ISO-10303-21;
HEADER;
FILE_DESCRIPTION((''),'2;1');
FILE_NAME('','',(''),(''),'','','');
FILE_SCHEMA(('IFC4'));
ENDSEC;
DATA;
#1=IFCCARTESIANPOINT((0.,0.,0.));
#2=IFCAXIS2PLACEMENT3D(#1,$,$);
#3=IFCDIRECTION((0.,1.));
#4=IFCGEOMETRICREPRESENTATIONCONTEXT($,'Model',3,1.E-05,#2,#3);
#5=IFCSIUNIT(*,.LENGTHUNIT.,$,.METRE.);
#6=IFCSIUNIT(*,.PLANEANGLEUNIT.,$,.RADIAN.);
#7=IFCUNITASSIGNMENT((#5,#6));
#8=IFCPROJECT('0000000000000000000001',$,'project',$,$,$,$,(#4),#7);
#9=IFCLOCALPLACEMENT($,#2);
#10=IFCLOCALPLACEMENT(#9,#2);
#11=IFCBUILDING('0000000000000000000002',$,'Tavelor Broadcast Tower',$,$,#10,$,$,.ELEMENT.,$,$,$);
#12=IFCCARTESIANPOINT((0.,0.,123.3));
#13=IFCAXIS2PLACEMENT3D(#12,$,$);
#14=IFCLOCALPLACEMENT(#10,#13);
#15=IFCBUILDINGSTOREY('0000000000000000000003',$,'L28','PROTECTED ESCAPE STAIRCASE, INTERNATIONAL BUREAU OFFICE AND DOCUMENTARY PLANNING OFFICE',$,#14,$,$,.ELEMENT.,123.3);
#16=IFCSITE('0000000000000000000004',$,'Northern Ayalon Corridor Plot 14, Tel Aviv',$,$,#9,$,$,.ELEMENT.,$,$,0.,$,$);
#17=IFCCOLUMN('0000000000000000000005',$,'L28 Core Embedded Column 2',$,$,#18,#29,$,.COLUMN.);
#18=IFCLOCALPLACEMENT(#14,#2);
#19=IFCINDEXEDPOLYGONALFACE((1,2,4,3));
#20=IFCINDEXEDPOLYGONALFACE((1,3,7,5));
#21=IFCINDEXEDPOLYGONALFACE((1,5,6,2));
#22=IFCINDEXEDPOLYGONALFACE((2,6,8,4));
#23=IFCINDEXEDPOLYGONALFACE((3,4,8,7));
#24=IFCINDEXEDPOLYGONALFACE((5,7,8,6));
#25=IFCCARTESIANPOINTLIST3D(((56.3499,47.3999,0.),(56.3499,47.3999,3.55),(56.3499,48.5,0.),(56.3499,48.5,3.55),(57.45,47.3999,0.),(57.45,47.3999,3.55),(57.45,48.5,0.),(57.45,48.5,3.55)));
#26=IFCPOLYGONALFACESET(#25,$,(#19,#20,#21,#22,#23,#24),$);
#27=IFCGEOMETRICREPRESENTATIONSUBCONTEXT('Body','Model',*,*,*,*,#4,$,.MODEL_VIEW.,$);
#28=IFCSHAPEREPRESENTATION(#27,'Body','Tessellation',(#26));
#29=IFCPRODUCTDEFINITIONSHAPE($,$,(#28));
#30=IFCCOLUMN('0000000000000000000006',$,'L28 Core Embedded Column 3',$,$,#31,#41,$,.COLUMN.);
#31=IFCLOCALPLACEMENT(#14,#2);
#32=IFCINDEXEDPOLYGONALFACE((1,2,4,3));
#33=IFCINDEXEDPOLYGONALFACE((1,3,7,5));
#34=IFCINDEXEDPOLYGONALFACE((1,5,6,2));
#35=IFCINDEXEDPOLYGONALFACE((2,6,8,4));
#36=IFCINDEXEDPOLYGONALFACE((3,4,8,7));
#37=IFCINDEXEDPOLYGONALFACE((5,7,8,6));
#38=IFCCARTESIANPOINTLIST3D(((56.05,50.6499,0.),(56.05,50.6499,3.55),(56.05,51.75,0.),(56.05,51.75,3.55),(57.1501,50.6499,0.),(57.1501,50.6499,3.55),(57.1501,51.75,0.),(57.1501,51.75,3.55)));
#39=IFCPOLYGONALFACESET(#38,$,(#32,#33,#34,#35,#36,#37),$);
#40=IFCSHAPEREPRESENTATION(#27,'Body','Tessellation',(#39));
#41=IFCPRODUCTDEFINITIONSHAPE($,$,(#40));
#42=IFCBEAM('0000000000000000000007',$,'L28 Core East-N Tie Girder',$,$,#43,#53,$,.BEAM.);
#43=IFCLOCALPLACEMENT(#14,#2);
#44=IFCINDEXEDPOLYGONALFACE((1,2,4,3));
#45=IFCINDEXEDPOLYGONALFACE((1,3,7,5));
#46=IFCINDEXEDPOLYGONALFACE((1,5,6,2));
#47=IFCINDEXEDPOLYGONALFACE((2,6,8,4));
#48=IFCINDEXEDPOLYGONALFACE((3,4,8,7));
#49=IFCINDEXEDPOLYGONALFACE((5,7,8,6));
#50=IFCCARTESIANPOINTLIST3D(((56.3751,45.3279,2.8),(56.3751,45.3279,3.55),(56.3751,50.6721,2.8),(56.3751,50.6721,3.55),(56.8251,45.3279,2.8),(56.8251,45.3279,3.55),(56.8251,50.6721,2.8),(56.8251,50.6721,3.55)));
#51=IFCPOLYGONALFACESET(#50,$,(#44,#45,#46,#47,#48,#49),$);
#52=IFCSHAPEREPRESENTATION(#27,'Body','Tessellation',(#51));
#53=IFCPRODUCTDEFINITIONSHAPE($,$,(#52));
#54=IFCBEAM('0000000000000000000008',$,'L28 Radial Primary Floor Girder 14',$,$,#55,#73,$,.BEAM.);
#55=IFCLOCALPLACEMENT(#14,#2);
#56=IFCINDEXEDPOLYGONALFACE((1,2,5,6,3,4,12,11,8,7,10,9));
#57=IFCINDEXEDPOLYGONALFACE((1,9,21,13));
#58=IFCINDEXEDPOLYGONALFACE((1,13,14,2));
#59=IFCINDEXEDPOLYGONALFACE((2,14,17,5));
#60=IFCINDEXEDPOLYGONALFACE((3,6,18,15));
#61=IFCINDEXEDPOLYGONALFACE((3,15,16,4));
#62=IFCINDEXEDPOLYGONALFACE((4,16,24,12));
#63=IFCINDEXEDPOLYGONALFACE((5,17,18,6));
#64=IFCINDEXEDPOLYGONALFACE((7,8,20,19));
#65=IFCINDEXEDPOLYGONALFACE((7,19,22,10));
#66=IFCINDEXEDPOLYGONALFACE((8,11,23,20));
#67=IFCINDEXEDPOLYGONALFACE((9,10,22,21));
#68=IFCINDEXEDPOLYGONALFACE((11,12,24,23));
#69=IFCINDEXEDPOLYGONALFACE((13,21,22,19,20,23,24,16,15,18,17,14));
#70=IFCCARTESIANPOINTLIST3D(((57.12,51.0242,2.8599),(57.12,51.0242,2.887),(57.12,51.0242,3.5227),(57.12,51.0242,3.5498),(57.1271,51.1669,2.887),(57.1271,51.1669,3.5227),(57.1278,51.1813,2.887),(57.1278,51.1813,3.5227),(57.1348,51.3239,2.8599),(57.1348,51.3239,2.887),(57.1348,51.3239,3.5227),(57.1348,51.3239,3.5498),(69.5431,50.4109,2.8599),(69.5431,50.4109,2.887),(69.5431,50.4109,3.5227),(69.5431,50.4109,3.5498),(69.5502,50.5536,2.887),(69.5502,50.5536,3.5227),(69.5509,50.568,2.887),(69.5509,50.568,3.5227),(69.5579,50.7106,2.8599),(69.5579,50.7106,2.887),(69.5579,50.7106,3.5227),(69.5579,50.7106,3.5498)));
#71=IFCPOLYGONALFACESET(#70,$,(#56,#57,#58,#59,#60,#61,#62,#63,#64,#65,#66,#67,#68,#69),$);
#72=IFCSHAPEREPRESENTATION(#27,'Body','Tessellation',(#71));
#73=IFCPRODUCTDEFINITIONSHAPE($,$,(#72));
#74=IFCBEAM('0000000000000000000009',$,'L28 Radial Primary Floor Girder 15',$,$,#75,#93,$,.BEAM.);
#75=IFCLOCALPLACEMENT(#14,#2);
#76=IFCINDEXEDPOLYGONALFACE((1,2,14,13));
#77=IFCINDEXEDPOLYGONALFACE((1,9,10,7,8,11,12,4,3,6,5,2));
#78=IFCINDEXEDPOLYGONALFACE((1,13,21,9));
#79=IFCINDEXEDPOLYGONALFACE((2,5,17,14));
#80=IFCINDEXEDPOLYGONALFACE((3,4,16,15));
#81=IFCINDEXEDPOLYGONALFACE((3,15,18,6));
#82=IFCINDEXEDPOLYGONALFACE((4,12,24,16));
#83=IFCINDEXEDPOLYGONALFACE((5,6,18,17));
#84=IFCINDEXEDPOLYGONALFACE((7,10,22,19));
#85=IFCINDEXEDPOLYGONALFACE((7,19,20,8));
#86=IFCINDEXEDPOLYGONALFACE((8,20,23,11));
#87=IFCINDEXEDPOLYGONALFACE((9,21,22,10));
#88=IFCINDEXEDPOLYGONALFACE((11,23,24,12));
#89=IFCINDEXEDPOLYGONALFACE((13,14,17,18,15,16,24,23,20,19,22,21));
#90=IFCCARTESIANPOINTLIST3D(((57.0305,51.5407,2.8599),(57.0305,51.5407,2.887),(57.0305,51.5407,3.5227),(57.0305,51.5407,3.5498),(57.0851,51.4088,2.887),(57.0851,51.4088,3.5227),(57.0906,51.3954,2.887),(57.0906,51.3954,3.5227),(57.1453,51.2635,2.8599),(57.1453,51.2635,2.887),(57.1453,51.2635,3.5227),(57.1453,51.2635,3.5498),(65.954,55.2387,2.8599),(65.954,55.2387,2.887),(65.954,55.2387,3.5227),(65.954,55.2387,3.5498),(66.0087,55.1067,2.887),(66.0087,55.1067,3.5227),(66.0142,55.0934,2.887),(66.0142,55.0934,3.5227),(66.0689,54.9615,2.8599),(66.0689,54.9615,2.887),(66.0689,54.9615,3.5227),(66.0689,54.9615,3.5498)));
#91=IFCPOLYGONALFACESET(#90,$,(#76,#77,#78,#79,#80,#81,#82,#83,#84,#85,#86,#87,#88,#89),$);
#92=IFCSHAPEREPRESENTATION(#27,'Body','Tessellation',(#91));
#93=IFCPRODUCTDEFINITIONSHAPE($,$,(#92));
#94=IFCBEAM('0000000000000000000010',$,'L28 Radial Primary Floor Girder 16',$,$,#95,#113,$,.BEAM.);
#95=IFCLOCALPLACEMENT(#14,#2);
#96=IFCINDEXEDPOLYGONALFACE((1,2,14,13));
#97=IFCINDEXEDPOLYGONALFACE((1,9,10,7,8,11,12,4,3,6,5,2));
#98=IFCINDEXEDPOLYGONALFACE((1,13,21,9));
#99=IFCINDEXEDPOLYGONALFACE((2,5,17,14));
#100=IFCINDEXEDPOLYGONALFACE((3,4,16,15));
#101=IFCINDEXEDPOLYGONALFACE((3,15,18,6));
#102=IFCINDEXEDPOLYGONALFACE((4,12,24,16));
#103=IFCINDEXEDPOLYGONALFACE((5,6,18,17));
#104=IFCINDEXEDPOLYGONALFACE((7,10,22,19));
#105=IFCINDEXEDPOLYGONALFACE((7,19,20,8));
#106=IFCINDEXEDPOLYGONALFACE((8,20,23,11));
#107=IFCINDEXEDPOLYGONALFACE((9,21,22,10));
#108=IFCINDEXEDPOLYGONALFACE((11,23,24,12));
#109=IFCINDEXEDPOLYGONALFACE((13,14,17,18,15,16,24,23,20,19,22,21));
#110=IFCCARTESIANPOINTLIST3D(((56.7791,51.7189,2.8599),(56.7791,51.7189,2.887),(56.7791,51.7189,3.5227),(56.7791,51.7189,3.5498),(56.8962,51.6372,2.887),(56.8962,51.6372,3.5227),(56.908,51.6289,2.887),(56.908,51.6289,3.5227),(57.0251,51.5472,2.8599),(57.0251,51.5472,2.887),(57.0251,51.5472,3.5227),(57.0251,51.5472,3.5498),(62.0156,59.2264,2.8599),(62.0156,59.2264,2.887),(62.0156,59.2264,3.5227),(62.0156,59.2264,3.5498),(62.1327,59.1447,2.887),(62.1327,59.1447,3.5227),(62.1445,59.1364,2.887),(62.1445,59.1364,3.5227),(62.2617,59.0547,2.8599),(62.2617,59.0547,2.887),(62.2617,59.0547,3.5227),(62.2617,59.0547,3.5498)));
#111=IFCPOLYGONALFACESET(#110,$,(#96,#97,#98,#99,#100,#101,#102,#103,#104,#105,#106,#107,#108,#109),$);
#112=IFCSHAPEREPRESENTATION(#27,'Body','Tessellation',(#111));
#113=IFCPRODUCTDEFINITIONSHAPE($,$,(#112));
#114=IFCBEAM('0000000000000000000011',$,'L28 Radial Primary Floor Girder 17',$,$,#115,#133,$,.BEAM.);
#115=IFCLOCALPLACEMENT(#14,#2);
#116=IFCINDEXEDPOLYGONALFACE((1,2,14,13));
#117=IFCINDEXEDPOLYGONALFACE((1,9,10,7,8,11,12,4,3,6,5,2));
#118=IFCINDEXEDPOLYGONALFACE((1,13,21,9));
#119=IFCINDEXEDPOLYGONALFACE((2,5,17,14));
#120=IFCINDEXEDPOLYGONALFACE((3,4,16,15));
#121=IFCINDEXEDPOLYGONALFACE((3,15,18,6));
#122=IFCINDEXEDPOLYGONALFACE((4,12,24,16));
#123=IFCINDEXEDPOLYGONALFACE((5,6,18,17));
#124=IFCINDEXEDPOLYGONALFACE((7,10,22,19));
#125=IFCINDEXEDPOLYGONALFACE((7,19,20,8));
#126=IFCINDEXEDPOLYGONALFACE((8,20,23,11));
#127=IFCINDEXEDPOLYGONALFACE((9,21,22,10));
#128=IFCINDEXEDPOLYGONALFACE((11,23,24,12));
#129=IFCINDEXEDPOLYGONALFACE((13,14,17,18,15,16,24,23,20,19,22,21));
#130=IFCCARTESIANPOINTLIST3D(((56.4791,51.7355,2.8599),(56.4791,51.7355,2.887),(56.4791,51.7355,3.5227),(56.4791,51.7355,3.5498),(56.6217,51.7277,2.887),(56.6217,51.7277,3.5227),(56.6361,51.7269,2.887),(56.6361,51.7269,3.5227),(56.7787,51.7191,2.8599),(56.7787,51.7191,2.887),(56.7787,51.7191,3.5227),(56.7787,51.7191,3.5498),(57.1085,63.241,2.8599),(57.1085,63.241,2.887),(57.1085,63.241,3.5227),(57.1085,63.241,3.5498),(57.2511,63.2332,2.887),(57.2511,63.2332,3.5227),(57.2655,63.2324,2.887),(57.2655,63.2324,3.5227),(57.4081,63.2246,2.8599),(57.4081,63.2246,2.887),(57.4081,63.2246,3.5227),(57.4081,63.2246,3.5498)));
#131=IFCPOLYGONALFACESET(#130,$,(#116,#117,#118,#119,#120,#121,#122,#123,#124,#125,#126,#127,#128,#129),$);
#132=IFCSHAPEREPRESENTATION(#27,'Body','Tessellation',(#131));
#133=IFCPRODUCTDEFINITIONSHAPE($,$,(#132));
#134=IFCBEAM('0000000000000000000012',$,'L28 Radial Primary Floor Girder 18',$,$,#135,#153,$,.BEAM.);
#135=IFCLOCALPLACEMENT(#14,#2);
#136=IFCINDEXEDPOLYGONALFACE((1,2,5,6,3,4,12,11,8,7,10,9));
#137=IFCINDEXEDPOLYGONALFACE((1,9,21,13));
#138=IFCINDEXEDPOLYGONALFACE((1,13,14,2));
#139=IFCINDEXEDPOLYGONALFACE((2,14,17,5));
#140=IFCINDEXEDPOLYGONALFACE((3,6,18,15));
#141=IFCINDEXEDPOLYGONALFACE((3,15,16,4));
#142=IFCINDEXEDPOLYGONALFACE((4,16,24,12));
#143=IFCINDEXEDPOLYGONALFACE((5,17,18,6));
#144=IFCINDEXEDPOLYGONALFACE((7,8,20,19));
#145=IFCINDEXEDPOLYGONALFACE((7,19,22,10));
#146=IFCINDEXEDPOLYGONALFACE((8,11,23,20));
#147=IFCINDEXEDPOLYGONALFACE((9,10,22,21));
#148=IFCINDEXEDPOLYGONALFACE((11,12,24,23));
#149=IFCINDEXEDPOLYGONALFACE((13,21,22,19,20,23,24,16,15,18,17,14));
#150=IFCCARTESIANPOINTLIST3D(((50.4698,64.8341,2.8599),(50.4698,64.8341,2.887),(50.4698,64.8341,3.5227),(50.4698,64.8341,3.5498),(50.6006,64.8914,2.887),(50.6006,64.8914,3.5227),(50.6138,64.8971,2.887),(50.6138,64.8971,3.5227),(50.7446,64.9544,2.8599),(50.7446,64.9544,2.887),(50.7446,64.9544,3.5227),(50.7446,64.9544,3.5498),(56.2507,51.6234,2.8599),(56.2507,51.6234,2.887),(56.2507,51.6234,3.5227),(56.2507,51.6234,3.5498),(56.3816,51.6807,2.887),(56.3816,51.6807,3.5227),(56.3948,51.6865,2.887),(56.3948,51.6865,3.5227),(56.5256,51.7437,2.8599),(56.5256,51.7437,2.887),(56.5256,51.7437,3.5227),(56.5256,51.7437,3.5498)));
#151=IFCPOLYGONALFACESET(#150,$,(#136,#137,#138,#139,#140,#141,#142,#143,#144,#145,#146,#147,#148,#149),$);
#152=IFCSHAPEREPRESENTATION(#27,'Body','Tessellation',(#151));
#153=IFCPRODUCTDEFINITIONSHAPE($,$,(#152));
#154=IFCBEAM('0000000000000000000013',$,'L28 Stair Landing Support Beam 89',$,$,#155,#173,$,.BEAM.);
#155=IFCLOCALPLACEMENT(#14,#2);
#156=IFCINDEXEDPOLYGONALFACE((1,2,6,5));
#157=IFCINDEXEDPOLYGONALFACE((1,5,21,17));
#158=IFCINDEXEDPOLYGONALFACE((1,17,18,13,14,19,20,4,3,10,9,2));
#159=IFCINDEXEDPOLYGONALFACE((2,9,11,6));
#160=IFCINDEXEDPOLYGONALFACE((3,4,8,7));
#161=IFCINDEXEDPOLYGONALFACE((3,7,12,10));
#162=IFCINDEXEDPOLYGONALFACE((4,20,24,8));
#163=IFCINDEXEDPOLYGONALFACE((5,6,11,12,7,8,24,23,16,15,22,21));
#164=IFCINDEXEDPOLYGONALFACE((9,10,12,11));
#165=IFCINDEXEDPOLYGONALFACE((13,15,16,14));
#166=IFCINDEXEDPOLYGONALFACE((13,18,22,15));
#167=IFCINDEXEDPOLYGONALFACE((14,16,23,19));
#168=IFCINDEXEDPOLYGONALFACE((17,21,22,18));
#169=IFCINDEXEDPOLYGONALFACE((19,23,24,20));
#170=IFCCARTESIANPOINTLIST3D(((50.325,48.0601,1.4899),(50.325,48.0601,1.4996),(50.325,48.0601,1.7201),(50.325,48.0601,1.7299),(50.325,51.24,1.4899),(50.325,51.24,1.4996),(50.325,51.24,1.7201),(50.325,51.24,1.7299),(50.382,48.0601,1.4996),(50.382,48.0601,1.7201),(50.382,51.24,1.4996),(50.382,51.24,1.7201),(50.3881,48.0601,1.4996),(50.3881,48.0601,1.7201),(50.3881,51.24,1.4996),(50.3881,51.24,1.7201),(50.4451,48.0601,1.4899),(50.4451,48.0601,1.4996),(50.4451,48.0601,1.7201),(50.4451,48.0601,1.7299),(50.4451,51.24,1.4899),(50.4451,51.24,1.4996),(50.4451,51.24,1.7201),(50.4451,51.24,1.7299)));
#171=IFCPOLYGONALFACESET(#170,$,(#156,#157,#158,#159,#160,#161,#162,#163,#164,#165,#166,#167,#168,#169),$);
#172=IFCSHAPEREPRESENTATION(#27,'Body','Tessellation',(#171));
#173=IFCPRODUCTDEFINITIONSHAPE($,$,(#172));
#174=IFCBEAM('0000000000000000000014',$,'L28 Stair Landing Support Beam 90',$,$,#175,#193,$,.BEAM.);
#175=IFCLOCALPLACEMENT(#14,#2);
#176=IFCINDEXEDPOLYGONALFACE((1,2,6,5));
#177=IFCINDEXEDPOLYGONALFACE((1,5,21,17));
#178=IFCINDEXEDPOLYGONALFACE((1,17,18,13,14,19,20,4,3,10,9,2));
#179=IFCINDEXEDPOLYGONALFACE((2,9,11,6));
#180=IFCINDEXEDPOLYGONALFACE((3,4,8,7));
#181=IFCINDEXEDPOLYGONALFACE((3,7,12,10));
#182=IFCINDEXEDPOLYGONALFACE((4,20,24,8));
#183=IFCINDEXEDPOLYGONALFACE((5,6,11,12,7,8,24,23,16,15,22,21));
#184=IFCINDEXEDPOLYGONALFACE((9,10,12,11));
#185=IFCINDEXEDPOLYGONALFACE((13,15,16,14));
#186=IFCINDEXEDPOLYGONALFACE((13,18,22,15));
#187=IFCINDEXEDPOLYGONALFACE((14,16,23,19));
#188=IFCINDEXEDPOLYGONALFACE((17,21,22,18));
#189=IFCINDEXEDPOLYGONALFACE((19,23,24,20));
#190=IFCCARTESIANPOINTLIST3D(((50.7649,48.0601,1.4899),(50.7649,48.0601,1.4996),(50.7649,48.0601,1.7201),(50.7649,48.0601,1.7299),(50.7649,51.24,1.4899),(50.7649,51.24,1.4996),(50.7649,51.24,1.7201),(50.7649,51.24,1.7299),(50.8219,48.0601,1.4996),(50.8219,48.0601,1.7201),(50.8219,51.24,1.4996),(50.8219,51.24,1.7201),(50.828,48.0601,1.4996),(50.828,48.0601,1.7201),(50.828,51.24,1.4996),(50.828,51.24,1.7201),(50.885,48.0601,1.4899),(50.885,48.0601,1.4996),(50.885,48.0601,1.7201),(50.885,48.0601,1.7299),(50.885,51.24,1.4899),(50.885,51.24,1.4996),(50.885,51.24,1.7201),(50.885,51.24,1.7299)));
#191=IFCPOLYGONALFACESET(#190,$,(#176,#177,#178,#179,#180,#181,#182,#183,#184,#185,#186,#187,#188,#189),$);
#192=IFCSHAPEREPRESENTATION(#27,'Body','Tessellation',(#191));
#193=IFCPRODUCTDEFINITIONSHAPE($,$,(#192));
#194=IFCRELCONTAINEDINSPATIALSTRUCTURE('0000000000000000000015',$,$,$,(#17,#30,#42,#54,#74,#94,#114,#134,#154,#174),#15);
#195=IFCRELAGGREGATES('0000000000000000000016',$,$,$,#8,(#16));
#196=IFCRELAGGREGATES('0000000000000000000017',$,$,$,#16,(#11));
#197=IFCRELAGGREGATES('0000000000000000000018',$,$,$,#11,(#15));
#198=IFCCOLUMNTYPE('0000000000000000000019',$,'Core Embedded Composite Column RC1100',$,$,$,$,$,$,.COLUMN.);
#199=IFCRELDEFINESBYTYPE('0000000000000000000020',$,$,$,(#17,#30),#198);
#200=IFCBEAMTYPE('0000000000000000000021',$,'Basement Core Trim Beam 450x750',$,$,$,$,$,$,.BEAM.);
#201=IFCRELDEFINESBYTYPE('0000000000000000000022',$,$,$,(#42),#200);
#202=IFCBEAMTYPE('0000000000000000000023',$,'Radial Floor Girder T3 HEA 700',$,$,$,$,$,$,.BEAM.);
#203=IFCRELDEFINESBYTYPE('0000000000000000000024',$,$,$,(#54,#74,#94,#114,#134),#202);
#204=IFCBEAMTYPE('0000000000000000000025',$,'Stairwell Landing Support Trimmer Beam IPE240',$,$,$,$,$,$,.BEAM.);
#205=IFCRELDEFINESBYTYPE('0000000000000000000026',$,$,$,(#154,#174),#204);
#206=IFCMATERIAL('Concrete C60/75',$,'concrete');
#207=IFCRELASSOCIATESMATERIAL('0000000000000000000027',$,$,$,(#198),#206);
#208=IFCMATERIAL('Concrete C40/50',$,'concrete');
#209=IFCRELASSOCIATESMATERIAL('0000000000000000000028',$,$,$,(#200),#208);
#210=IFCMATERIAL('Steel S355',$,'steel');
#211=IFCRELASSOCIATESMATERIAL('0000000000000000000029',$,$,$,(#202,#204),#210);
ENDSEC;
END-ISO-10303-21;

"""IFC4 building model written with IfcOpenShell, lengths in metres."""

from ifc_helpers import new_model, si_unit, direction, frame, origin, origin_2d, place, context, subcontext, project, spatial, rectangle, i_section, extrude, material, material_profile, profile_set, type_object, element, save


model = new_model("IFC4")

# Units and contexts
model_context = context("Model", 3, precision=1e-05, world=origin(), true_north=direction((0.0, 1.0)))
body_context = subcontext(model_context, "Body", "Model", "MODEL_VIEW")
ifc_project = project(units=[si_unit("LENGTHUNIT", "METRE"), si_unit("PLANEANGLEUNIT", "RADIAN")], contexts=[model_context])

# Site, building, storey
site_placement = place(None, origin())
site = spatial("IfcSite", under=ifc_project, at=site_placement, Name="Northern Ayalon Corridor Plot 14, Tel Aviv", CompositionType="ELEMENT", RefElevation=0.0)
building_placement = place(site_placement, origin())
building = spatial("IfcBuilding", under=site, at=building_placement, Name="Tavelor Broadcast Tower", CompositionType="ELEMENT")
storey_placement = place(building_placement, frame((0.0, 0.0, 123.3)))
storey = spatial("IfcBuildingStorey", under=building, at=storey_placement, Name="L28", Description="PROTECTED ESCAPE STAIRCASE, INTERNATIONAL BUREAU OFFICE AND DOCUMENTARY PLANNING OFFICE", CompositionType="ELEMENT", Elevation=123.3)

# Columns
ifc_material_1 = material(Name="Concrete C60/75", Category="concrete")
ifc_material_profile_1 = material_profile(ifc_material_1, rectangle(XDim=1.1001, YDim=1.1001, at=origin_2d()), Name="RC 1100x1100")
ifc_profile_set_1 = profile_set([ifc_material_profile_1], Name="Concrete C60/75")
column_type = type_object("IfcColumnType", Name="Core Embedded Composite Column RC1100", PredefinedType="COLUMN", material=ifc_profile_set_1)
for number, where, z_axis, x_axis, name in (
    (1, (56.8999, 47.95, 0.0), (0.0, 0.0, 1.0), (1.0, 0.0, 0.0), "L28 Core Embedded Column 2"),
    (2, (56.6001, 51.2, 0.0), (0.0, 0.0, 1.0), (1.0, 0.0, 0.0), "L28 Core Embedded Column 3"),
):
    element("IfcColumn", number, at=place(storey_placement, frame(where, z_axis=z_axis, x_axis=x_axis)), inside=storey, type_object=column_type, Name=name, PredefinedType="COLUMN", context=body_context, shape_type="SweptSolid", body=[
        extrude(rectangle(XDim=1.1001, YDim=1.1001, at=origin_2d()), origin(), (0.0, 0.0, 1.0), 3.55),
    ])

# Beams
ifc_material_2 = material(Name="Concrete C40/50", Category="concrete")
ifc_material_profile_2 = material_profile(ifc_material_2, rectangle(XDim=0.45, YDim=0.75, at=origin_2d()), Name="RC 450x750")
ifc_profile_set_2 = profile_set([ifc_material_profile_2], Name="Concrete C40/50")
beam_type_1 = type_object("IfcBeamType", Name="Basement Core Trim Beam 450x750", PredefinedType="BEAM", material=ifc_profile_set_2)
beam_1_placement = place(storey_placement, frame((56.6001, 45.3279, 3.175), z_axis=(0.0, 1.0, 0.0), x_axis=(-1.0, 0.0, 0.0)))
element("IfcBeam", 3, at=beam_1_placement, inside=storey, type_object=beam_type_1, Name="L28 Core East-N Tie Girder", PredefinedType="BEAM", context=body_context, shape_type="SweptSolid", body=[
    extrude(rectangle(XDim=0.45, YDim=0.75, at=origin_2d()), origin(), (0.0, 0.0, 1.0), 5.3442),
])
ifc_material_3 = material(Name="Steel S355", Category="steel")
ifc_material_profile_3 = material_profile(ifc_material_3, i_section(OverallWidth=0.3, OverallDepth=0.6899, WebThickness=0.0144, FlangeThickness=0.0271, at=origin_2d()), Name="HEA 700")
ifc_profile_set_3 = profile_set([ifc_material_profile_3], Name="Steel S355")
beam_type_2 = type_object("IfcBeamType", Name="Radial Floor Girder T3 HEA 700", PredefinedType="BEAM", material=ifc_profile_set_3)
beam_2_placement = place(storey_placement, frame((57.1274, 51.1741, 3.2048), z_axis=(0.998784, -0.049306, 0.0), x_axis=(0.049306, 0.998784, 0.0)))
element("IfcBeam", 4, at=beam_2_placement, inside=storey, type_object=beam_type_2, Name="L28 Radial Primary Floor Girder 14", PredefinedType="BEAM", context=body_context, shape_type="SweptSolid", body=[
    extrude(i_section(OverallWidth=0.3, OverallDepth=0.6899, WebThickness=0.0144, FlangeThickness=0.0271, at=origin_2d()), origin(), (0.0, 0.0, 1.0), 12.4382),
])
beam_3_placement = place(storey_placement, frame((57.0879, 51.4021, 3.2048), z_axis=(0.923816, 0.382836, 0.0), x_axis=(-0.382836, 0.923816, 0.0)))
element("IfcBeam", 5, at=beam_3_placement, inside=storey, type_object=beam_type_2, Name="L28 Radial Primary Floor Girder 15", PredefinedType="BEAM", context=body_context, shape_type="SweptSolid", body=[
    extrude(i_section(OverallWidth=0.3, OverallDepth=0.6899, WebThickness=0.0144, FlangeThickness=0.0271, at=origin_2d()), origin(), (0.0, 0.0, 1.0), 9.6594),
])
beam_4_placement = place(storey_placement, frame((56.9021, 51.6331, 3.2048), z_axis=(0.572089, 0.820192, 0.0), x_axis=(-0.820192, 0.572089, 0.0)))
element("IfcBeam", 6, at=beam_4_placement, inside=storey, type_object=beam_type_2, Name="L28 Radial Primary Floor Girder 16", PredefinedType="BEAM", context=body_context, shape_type="SweptSolid", body=[
    extrude(i_section(OverallWidth=0.3, OverallDepth=0.6899, WebThickness=0.0144, FlangeThickness=0.0271, at=origin_2d()), origin(), (0.0, 0.0, 1.0), 9.1533),
])
beam_5_placement = place(storey_placement, frame((56.6289, 51.7273, 3.2048), z_axis=(0.054622, 0.998507, 0.0), x_axis=(-0.998507, 0.054622, 0.0)))
element("IfcBeam", 7, at=beam_5_placement, inside=storey, type_object=beam_type_2, Name="L28 Radial Primary Floor Girder 17", PredefinedType="BEAM", context=body_context, shape_type="SweptSolid", body=[
    extrude(i_section(OverallWidth=0.3, OverallDepth=0.6899, WebThickness=0.0144, FlangeThickness=0.0271, at=origin_2d()), origin(), (0.0, 0.0, 1.0), 11.5227),
])
beam_6_placement = place(storey_placement, frame((56.3882, 51.6836, 3.2048), z_axis=(-0.400896, 0.916124, 0.0), x_axis=(-0.916124, -0.400896, 0.0)))
element("IfcBeam", 8, at=beam_6_placement, inside=storey, type_object=beam_type_2, Name="L28 Radial Primary Floor Girder 18", PredefinedType="BEAM", context=body_context, shape_type="SweptSolid", body=[
    extrude(i_section(OverallWidth=0.3, OverallDepth=0.6899, WebThickness=0.0144, FlangeThickness=0.0271, at=origin_2d()), origin(), (0.0, 0.0, 1.0), 14.4202),
])
ifc_material_profile_4 = material_profile(ifc_material_3, i_section(OverallWidth=0.1201, OverallDepth=0.24, WebThickness=0.0061, FlangeThickness=0.0098, at=origin_2d()), Name="IPE 240")
ifc_profile_set_4 = profile_set([ifc_material_profile_4], Name="Steel S355")
beam_type_3 = type_object("IfcBeamType", Name="Stairwell Landing Support Trimmer Beam IPE240", PredefinedType="BEAM", material=ifc_profile_set_4)
for number, where, z_axis, x_axis, name in (
    (9, (50.385, 48.0601, 1.6099), (0.0, 1.0, 0.0), (-1.0, 0.0, 0.0), "L28 Stair Landing Support Beam 89"),
    (10, (50.825, 48.0601, 1.6099), (0.0, 1.0, 0.0), (-1.0, 0.0, 0.0), "L28 Stair Landing Support Beam 90"),
):
    element("IfcBeam", number, at=place(storey_placement, frame(where, z_axis=z_axis, x_axis=x_axis)), inside=storey, type_object=beam_type_3, Name=name, PredefinedType="BEAM", context=body_context, shape_type="SweptSolid", body=[
        extrude(i_section(OverallWidth=0.1201, OverallDepth=0.24, WebThickness=0.0061, FlangeThickness=0.0098, at=origin_2d()), origin(), (0.0, 0.0, 1.0), 3.1799),
    ])

save(model, "model.ifc")
